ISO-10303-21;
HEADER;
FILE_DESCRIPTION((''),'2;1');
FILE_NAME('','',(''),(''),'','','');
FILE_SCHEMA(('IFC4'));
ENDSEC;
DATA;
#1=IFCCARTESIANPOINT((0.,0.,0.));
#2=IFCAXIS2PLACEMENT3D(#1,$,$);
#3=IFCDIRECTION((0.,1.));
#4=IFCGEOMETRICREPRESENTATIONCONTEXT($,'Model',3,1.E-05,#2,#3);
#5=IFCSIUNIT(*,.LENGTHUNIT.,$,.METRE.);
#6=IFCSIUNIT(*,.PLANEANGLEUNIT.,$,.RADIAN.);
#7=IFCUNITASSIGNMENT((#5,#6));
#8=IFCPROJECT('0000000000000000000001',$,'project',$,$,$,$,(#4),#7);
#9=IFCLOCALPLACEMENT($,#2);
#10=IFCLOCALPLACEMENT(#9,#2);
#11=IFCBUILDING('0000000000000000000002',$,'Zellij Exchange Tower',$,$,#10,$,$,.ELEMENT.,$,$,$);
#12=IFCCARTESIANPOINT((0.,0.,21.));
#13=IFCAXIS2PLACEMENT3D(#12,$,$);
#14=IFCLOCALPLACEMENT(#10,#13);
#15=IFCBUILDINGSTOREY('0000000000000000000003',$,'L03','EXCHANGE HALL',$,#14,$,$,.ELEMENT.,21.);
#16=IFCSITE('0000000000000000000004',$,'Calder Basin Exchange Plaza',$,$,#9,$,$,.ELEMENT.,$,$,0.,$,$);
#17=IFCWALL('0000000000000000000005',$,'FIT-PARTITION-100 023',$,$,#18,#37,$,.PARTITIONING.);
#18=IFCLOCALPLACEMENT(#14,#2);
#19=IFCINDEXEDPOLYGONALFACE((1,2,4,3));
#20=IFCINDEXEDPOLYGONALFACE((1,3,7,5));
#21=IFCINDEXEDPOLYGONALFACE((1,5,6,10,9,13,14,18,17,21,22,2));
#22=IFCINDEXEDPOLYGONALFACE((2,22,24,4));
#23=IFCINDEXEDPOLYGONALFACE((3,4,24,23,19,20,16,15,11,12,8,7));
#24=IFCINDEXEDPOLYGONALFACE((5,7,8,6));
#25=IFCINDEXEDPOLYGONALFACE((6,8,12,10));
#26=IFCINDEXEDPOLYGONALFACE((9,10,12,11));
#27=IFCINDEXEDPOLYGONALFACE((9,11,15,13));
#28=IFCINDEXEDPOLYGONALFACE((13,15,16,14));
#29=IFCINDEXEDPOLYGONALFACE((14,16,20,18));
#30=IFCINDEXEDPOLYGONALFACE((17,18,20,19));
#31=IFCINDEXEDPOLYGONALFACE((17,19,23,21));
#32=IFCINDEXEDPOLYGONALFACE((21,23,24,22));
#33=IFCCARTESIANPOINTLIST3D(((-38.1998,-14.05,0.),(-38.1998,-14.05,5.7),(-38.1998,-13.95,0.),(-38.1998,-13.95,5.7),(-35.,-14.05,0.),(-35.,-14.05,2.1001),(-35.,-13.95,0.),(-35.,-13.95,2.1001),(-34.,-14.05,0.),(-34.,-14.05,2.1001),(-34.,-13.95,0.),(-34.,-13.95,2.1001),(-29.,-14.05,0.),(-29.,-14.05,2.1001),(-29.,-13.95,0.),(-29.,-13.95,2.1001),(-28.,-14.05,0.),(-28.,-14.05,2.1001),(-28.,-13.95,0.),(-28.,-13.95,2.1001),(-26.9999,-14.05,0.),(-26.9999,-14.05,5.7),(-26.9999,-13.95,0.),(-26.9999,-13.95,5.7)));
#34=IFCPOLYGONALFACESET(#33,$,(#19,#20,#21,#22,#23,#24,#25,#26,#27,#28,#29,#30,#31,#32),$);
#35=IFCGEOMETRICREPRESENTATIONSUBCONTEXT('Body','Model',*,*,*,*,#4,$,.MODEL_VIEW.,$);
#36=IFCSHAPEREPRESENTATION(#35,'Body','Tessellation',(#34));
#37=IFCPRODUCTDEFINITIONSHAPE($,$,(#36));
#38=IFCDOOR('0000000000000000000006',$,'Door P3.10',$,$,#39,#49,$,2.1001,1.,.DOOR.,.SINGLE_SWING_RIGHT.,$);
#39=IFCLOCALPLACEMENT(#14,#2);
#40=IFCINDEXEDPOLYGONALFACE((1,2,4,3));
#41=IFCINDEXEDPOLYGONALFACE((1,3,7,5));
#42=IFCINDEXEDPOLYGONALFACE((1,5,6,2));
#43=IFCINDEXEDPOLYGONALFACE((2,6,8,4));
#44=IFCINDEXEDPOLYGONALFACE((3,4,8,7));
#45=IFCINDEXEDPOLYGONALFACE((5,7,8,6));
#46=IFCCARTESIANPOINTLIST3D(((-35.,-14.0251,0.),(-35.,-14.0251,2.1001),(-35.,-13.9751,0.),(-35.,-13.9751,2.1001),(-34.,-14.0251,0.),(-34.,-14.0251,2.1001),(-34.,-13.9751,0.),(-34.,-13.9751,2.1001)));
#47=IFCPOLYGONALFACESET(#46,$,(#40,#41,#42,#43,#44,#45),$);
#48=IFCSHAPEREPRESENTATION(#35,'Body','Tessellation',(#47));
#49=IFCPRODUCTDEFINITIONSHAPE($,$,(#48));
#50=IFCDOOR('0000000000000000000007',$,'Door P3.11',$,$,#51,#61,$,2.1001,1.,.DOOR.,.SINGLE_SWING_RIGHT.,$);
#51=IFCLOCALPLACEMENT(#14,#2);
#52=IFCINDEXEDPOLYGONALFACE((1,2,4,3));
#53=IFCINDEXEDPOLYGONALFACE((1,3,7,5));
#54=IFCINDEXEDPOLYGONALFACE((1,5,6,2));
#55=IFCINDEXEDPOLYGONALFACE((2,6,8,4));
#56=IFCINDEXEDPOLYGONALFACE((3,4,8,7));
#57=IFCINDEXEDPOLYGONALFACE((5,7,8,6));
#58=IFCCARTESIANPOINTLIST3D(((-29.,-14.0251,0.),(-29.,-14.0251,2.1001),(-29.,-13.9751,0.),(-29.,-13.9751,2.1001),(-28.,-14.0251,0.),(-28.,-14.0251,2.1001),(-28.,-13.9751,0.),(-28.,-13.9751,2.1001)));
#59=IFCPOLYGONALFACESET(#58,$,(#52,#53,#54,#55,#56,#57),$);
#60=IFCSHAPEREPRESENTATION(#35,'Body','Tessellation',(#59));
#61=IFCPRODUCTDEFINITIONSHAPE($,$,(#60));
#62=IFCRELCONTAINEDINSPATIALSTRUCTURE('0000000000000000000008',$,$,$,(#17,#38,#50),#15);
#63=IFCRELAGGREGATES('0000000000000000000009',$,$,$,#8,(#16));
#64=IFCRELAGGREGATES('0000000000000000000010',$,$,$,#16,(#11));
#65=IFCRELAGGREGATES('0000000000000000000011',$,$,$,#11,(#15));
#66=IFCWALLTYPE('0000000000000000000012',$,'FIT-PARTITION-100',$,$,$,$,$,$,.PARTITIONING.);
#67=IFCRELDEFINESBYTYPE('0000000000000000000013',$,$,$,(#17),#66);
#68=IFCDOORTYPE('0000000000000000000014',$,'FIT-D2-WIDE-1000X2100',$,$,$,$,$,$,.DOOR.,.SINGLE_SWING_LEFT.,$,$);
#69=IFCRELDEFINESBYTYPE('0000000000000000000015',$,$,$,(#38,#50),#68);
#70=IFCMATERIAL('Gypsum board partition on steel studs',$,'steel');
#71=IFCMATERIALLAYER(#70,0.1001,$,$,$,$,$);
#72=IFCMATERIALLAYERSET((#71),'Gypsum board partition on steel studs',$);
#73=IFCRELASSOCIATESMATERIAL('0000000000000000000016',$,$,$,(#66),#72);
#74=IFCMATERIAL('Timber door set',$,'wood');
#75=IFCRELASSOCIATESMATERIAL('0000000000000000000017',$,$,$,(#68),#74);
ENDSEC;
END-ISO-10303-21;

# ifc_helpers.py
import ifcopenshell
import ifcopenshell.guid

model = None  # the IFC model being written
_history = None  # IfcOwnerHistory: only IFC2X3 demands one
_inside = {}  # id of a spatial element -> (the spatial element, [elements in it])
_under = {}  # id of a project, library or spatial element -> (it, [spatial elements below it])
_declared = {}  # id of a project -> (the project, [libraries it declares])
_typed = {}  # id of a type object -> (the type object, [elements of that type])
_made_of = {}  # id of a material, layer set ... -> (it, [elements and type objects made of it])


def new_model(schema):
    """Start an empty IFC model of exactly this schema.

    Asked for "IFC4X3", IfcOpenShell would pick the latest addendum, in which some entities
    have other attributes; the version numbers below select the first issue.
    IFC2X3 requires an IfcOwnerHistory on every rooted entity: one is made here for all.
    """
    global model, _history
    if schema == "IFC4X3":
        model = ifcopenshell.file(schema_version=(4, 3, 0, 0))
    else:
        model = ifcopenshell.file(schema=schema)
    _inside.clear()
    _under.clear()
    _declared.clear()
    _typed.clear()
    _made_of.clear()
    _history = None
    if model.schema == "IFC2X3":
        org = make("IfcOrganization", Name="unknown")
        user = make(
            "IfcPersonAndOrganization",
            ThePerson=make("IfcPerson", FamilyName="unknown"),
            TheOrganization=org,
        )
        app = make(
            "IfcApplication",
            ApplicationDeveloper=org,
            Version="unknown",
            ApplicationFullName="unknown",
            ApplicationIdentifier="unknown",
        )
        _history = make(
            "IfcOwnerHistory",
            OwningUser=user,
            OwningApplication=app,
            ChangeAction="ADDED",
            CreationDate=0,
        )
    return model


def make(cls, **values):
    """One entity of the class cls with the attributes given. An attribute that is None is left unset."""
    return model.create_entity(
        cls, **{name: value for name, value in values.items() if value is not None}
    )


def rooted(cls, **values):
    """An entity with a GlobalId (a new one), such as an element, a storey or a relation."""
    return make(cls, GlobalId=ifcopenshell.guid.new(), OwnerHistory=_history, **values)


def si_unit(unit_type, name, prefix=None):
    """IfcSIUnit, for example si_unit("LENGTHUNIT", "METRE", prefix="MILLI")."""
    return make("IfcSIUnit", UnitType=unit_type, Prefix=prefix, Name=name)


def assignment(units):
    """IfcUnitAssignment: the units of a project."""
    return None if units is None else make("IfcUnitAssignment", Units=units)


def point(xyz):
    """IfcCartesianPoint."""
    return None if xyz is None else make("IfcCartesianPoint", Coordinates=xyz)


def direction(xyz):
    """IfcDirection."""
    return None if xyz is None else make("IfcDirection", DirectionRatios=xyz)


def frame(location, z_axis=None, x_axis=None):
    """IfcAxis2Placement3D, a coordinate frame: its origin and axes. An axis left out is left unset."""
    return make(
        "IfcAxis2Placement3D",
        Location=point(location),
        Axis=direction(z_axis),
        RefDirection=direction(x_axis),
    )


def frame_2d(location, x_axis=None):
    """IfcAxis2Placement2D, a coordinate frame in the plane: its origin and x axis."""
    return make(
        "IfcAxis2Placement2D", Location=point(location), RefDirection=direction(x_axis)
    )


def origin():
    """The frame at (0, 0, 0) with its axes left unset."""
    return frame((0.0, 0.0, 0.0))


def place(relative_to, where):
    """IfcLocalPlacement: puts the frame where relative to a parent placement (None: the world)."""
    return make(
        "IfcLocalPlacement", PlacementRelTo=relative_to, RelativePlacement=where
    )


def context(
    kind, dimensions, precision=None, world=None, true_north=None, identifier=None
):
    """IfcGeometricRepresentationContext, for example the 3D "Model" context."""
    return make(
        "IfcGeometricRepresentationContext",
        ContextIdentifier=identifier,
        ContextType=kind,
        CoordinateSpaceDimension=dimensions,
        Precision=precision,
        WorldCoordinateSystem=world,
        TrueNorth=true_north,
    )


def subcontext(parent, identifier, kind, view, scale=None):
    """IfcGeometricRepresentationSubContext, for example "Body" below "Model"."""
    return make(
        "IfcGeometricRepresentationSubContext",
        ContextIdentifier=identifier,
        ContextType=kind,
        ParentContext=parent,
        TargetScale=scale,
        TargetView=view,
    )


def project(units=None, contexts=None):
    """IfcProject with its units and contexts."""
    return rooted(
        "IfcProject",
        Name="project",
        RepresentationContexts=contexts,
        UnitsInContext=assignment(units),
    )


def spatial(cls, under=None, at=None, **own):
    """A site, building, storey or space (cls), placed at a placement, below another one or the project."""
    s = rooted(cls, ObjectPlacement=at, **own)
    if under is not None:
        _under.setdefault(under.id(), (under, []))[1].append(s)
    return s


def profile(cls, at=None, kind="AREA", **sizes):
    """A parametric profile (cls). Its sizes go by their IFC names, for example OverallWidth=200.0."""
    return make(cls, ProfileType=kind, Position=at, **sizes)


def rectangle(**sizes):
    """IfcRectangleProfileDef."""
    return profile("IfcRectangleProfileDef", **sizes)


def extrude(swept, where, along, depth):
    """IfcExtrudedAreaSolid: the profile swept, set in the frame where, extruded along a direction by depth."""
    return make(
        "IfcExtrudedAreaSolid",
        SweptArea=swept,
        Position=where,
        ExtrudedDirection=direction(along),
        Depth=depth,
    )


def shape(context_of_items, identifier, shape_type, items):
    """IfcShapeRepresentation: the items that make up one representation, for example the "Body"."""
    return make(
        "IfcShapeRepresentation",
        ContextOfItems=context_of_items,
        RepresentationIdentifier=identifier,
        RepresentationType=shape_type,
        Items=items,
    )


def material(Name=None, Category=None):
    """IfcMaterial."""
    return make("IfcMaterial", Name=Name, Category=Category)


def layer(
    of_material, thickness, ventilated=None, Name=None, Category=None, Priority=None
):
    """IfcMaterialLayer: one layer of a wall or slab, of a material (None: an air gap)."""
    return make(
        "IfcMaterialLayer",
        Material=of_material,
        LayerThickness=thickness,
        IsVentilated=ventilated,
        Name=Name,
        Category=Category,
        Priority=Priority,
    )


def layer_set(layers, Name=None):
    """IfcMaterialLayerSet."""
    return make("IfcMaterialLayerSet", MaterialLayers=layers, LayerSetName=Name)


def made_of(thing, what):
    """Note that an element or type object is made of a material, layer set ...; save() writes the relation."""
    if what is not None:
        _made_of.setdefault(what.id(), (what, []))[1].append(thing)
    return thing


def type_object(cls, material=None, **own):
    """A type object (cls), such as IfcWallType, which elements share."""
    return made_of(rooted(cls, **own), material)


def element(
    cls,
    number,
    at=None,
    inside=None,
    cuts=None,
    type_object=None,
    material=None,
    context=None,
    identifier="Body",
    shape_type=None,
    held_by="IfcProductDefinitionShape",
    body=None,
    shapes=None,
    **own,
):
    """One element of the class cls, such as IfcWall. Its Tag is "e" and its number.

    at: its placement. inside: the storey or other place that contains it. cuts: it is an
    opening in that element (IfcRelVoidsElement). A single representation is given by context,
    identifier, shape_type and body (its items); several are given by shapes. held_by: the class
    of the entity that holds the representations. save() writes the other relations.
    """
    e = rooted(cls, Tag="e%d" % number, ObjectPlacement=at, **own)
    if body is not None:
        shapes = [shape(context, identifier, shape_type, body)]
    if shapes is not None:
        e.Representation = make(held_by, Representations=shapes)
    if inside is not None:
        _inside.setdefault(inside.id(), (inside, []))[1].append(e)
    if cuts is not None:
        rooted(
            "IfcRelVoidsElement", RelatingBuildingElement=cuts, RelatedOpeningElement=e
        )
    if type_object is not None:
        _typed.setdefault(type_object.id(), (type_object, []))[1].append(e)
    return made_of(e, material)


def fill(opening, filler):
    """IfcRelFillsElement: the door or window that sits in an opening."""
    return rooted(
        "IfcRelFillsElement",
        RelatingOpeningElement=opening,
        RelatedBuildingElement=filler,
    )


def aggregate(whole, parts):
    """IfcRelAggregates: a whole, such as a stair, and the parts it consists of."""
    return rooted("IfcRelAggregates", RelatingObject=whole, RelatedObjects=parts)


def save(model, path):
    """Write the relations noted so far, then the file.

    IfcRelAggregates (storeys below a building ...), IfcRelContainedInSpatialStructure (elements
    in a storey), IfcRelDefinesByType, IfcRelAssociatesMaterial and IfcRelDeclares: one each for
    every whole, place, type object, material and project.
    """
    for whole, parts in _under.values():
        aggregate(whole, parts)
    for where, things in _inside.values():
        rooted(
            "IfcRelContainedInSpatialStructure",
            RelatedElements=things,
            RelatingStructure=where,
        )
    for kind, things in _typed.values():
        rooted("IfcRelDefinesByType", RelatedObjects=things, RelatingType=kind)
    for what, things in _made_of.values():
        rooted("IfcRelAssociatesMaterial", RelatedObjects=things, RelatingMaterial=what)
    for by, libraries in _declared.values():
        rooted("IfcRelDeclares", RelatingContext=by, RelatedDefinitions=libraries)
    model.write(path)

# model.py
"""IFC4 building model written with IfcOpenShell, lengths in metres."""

from ifc_helpers import new_model, si_unit, direction, frame, frame_2d, origin, place, context, subcontext, project, spatial, rectangle, extrude, material, layer, layer_set, type_object, element, fill, save


model = new_model("IFC4")

# Units and contexts
model_context = context("Model", 3, precision=1e-05, world=origin(), true_north=direction((0.0, 1.0)))
body_context = subcontext(model_context, "Body", "Model", "MODEL_VIEW")
ifc_project = project(units=[si_unit("LENGTHUNIT", "METRE"), si_unit("PLANEANGLEUNIT", "RADIAN")], contexts=[model_context])

# Site, building, storey
site_placement = place(None, origin())
site = spatial("IfcSite", under=ifc_project, at=site_placement, Name="Calder Basin Exchange Plaza", CompositionType="ELEMENT", RefElevation=0.0)
building_placement = place(site_placement, origin())
building = spatial("IfcBuilding", under=site, at=building_placement, Name="Zellij Exchange Tower", CompositionType="ELEMENT")
storey_placement = place(building_placement, frame((0.0, 0.0, 21.0)))
storey = spatial("IfcBuildingStorey", under=building, at=storey_placement, Name="L03", Description="EXCHANGE HALL", CompositionType="ELEMENT", Elevation=21.0)

# Wall, openings, doors
ifc_material_1 = material(Name="Gypsum board partition on steel studs", Category="steel")
ifc_layer_1 = layer(ifc_material_1, 0.1001)
ifc_layer_set_1 = layer_set([ifc_layer_1], Name="Gypsum board partition on steel studs")
wall_type = type_object("IfcWallType", Name="FIT-PARTITION-100", PredefinedType="PARTITIONING", material=ifc_layer_set_1)
wall_placement = place(storey_placement, frame((-38.2, -14.0, 0.0), z_axis=(0.0, 0.0, 1.0), x_axis=(1.0, 0.0, 0.0)))
wall = element("IfcWall", 1, at=wall_placement, inside=storey, type_object=wall_type, Name="FIT-PARTITION-100 023", PredefinedType="PARTITIONING", context=body_context, shape_type="SweptSolid", body=[
    extrude(rectangle(XDim=11.2, YDim=0.1001, at=frame_2d((5.6001, 0.0))), origin(), (0.0, 0.0, 1.0), 5.7),
])
opening_1_placement = place(wall_placement, frame((3.2, 0.0, 0.0)))
opening_1 = element("IfcOpeningElement", 2, at=opening_1_placement, cuts=wall, PredefinedType="OPENING", context=body_context, shape_type="SweptSolid", body=[
    extrude(rectangle(XDim=1.0, YDim=2.1001, at=frame_2d((0.5, 1.05))), frame((0.0, 0.062, 0.0), z_axis=(0.0, -1.0, 0.0), x_axis=(1.0, 0.0, 0.0)), (0.0, 0.0, 1.0), 0.124),
])
opening_2_placement = place(wall_placement, frame((9.2, 0.0, 0.0)))
opening_2 = element("IfcOpeningElement", 3, at=opening_2_placement, cuts=wall, PredefinedType="OPENING", context=body_context, shape_type="SweptSolid", body=[
    extrude(rectangle(XDim=1.0, YDim=2.1001, at=frame_2d((0.5, 1.05))), frame((0.0, 0.062, 0.0), z_axis=(0.0, -1.0, 0.0), x_axis=(1.0, 0.0, 0.0)), (0.0, 0.0, 1.0), 0.124),
])
ifc_material_2 = material(Name="Timber door set", Category="wood")
door_type = type_object("IfcDoorType", Name="FIT-D2-WIDE-1000X2100", OperationType="SINGLE_SWING_LEFT", PredefinedType="DOOR", material=ifc_material_2)
door_1_placement = place(opening_1_placement, origin())
door_1 = element("IfcDoor", 4, at=door_1_placement, inside=storey, type_object=door_type, Name="Door P3.10", OperationType="SINGLE_SWING_RIGHT", OverallHeight=2.1001, OverallWidth=1.0, PredefinedType="DOOR", context=body_context, shape_type="SweptSolid", body=[
    extrude(rectangle(XDim=1.0, YDim=2.1001, at=frame_2d((0.5, 1.05))), frame((0.0, 0.0249, 0.0), z_axis=(0.0, -1.0, 0.0), x_axis=(1.0, 0.0, 0.0)), (0.0, 0.0, 1.0), 0.05),
])
fill(opening_1, door_1)
door_2_placement = place(opening_2_placement, origin())
door_2 = element("IfcDoor", 5, at=door_2_placement, inside=storey, type_object=door_type, Name="Door P3.11", OperationType="SINGLE_SWING_RIGHT", OverallHeight=2.1001, OverallWidth=1.0, PredefinedType="DOOR", context=body_context, shape_type="SweptSolid", body=[
    extrude(rectangle(XDim=1.0, YDim=2.1001, at=frame_2d((0.5, 1.05))), frame((0.0, 0.0249, 0.0), z_axis=(0.0, -1.0, 0.0), x_axis=(1.0, 0.0, 0.0)), (0.0, 0.0, 1.0), 0.05),
])
fill(opening_2, door_2)

save(model, "model.ifc")
